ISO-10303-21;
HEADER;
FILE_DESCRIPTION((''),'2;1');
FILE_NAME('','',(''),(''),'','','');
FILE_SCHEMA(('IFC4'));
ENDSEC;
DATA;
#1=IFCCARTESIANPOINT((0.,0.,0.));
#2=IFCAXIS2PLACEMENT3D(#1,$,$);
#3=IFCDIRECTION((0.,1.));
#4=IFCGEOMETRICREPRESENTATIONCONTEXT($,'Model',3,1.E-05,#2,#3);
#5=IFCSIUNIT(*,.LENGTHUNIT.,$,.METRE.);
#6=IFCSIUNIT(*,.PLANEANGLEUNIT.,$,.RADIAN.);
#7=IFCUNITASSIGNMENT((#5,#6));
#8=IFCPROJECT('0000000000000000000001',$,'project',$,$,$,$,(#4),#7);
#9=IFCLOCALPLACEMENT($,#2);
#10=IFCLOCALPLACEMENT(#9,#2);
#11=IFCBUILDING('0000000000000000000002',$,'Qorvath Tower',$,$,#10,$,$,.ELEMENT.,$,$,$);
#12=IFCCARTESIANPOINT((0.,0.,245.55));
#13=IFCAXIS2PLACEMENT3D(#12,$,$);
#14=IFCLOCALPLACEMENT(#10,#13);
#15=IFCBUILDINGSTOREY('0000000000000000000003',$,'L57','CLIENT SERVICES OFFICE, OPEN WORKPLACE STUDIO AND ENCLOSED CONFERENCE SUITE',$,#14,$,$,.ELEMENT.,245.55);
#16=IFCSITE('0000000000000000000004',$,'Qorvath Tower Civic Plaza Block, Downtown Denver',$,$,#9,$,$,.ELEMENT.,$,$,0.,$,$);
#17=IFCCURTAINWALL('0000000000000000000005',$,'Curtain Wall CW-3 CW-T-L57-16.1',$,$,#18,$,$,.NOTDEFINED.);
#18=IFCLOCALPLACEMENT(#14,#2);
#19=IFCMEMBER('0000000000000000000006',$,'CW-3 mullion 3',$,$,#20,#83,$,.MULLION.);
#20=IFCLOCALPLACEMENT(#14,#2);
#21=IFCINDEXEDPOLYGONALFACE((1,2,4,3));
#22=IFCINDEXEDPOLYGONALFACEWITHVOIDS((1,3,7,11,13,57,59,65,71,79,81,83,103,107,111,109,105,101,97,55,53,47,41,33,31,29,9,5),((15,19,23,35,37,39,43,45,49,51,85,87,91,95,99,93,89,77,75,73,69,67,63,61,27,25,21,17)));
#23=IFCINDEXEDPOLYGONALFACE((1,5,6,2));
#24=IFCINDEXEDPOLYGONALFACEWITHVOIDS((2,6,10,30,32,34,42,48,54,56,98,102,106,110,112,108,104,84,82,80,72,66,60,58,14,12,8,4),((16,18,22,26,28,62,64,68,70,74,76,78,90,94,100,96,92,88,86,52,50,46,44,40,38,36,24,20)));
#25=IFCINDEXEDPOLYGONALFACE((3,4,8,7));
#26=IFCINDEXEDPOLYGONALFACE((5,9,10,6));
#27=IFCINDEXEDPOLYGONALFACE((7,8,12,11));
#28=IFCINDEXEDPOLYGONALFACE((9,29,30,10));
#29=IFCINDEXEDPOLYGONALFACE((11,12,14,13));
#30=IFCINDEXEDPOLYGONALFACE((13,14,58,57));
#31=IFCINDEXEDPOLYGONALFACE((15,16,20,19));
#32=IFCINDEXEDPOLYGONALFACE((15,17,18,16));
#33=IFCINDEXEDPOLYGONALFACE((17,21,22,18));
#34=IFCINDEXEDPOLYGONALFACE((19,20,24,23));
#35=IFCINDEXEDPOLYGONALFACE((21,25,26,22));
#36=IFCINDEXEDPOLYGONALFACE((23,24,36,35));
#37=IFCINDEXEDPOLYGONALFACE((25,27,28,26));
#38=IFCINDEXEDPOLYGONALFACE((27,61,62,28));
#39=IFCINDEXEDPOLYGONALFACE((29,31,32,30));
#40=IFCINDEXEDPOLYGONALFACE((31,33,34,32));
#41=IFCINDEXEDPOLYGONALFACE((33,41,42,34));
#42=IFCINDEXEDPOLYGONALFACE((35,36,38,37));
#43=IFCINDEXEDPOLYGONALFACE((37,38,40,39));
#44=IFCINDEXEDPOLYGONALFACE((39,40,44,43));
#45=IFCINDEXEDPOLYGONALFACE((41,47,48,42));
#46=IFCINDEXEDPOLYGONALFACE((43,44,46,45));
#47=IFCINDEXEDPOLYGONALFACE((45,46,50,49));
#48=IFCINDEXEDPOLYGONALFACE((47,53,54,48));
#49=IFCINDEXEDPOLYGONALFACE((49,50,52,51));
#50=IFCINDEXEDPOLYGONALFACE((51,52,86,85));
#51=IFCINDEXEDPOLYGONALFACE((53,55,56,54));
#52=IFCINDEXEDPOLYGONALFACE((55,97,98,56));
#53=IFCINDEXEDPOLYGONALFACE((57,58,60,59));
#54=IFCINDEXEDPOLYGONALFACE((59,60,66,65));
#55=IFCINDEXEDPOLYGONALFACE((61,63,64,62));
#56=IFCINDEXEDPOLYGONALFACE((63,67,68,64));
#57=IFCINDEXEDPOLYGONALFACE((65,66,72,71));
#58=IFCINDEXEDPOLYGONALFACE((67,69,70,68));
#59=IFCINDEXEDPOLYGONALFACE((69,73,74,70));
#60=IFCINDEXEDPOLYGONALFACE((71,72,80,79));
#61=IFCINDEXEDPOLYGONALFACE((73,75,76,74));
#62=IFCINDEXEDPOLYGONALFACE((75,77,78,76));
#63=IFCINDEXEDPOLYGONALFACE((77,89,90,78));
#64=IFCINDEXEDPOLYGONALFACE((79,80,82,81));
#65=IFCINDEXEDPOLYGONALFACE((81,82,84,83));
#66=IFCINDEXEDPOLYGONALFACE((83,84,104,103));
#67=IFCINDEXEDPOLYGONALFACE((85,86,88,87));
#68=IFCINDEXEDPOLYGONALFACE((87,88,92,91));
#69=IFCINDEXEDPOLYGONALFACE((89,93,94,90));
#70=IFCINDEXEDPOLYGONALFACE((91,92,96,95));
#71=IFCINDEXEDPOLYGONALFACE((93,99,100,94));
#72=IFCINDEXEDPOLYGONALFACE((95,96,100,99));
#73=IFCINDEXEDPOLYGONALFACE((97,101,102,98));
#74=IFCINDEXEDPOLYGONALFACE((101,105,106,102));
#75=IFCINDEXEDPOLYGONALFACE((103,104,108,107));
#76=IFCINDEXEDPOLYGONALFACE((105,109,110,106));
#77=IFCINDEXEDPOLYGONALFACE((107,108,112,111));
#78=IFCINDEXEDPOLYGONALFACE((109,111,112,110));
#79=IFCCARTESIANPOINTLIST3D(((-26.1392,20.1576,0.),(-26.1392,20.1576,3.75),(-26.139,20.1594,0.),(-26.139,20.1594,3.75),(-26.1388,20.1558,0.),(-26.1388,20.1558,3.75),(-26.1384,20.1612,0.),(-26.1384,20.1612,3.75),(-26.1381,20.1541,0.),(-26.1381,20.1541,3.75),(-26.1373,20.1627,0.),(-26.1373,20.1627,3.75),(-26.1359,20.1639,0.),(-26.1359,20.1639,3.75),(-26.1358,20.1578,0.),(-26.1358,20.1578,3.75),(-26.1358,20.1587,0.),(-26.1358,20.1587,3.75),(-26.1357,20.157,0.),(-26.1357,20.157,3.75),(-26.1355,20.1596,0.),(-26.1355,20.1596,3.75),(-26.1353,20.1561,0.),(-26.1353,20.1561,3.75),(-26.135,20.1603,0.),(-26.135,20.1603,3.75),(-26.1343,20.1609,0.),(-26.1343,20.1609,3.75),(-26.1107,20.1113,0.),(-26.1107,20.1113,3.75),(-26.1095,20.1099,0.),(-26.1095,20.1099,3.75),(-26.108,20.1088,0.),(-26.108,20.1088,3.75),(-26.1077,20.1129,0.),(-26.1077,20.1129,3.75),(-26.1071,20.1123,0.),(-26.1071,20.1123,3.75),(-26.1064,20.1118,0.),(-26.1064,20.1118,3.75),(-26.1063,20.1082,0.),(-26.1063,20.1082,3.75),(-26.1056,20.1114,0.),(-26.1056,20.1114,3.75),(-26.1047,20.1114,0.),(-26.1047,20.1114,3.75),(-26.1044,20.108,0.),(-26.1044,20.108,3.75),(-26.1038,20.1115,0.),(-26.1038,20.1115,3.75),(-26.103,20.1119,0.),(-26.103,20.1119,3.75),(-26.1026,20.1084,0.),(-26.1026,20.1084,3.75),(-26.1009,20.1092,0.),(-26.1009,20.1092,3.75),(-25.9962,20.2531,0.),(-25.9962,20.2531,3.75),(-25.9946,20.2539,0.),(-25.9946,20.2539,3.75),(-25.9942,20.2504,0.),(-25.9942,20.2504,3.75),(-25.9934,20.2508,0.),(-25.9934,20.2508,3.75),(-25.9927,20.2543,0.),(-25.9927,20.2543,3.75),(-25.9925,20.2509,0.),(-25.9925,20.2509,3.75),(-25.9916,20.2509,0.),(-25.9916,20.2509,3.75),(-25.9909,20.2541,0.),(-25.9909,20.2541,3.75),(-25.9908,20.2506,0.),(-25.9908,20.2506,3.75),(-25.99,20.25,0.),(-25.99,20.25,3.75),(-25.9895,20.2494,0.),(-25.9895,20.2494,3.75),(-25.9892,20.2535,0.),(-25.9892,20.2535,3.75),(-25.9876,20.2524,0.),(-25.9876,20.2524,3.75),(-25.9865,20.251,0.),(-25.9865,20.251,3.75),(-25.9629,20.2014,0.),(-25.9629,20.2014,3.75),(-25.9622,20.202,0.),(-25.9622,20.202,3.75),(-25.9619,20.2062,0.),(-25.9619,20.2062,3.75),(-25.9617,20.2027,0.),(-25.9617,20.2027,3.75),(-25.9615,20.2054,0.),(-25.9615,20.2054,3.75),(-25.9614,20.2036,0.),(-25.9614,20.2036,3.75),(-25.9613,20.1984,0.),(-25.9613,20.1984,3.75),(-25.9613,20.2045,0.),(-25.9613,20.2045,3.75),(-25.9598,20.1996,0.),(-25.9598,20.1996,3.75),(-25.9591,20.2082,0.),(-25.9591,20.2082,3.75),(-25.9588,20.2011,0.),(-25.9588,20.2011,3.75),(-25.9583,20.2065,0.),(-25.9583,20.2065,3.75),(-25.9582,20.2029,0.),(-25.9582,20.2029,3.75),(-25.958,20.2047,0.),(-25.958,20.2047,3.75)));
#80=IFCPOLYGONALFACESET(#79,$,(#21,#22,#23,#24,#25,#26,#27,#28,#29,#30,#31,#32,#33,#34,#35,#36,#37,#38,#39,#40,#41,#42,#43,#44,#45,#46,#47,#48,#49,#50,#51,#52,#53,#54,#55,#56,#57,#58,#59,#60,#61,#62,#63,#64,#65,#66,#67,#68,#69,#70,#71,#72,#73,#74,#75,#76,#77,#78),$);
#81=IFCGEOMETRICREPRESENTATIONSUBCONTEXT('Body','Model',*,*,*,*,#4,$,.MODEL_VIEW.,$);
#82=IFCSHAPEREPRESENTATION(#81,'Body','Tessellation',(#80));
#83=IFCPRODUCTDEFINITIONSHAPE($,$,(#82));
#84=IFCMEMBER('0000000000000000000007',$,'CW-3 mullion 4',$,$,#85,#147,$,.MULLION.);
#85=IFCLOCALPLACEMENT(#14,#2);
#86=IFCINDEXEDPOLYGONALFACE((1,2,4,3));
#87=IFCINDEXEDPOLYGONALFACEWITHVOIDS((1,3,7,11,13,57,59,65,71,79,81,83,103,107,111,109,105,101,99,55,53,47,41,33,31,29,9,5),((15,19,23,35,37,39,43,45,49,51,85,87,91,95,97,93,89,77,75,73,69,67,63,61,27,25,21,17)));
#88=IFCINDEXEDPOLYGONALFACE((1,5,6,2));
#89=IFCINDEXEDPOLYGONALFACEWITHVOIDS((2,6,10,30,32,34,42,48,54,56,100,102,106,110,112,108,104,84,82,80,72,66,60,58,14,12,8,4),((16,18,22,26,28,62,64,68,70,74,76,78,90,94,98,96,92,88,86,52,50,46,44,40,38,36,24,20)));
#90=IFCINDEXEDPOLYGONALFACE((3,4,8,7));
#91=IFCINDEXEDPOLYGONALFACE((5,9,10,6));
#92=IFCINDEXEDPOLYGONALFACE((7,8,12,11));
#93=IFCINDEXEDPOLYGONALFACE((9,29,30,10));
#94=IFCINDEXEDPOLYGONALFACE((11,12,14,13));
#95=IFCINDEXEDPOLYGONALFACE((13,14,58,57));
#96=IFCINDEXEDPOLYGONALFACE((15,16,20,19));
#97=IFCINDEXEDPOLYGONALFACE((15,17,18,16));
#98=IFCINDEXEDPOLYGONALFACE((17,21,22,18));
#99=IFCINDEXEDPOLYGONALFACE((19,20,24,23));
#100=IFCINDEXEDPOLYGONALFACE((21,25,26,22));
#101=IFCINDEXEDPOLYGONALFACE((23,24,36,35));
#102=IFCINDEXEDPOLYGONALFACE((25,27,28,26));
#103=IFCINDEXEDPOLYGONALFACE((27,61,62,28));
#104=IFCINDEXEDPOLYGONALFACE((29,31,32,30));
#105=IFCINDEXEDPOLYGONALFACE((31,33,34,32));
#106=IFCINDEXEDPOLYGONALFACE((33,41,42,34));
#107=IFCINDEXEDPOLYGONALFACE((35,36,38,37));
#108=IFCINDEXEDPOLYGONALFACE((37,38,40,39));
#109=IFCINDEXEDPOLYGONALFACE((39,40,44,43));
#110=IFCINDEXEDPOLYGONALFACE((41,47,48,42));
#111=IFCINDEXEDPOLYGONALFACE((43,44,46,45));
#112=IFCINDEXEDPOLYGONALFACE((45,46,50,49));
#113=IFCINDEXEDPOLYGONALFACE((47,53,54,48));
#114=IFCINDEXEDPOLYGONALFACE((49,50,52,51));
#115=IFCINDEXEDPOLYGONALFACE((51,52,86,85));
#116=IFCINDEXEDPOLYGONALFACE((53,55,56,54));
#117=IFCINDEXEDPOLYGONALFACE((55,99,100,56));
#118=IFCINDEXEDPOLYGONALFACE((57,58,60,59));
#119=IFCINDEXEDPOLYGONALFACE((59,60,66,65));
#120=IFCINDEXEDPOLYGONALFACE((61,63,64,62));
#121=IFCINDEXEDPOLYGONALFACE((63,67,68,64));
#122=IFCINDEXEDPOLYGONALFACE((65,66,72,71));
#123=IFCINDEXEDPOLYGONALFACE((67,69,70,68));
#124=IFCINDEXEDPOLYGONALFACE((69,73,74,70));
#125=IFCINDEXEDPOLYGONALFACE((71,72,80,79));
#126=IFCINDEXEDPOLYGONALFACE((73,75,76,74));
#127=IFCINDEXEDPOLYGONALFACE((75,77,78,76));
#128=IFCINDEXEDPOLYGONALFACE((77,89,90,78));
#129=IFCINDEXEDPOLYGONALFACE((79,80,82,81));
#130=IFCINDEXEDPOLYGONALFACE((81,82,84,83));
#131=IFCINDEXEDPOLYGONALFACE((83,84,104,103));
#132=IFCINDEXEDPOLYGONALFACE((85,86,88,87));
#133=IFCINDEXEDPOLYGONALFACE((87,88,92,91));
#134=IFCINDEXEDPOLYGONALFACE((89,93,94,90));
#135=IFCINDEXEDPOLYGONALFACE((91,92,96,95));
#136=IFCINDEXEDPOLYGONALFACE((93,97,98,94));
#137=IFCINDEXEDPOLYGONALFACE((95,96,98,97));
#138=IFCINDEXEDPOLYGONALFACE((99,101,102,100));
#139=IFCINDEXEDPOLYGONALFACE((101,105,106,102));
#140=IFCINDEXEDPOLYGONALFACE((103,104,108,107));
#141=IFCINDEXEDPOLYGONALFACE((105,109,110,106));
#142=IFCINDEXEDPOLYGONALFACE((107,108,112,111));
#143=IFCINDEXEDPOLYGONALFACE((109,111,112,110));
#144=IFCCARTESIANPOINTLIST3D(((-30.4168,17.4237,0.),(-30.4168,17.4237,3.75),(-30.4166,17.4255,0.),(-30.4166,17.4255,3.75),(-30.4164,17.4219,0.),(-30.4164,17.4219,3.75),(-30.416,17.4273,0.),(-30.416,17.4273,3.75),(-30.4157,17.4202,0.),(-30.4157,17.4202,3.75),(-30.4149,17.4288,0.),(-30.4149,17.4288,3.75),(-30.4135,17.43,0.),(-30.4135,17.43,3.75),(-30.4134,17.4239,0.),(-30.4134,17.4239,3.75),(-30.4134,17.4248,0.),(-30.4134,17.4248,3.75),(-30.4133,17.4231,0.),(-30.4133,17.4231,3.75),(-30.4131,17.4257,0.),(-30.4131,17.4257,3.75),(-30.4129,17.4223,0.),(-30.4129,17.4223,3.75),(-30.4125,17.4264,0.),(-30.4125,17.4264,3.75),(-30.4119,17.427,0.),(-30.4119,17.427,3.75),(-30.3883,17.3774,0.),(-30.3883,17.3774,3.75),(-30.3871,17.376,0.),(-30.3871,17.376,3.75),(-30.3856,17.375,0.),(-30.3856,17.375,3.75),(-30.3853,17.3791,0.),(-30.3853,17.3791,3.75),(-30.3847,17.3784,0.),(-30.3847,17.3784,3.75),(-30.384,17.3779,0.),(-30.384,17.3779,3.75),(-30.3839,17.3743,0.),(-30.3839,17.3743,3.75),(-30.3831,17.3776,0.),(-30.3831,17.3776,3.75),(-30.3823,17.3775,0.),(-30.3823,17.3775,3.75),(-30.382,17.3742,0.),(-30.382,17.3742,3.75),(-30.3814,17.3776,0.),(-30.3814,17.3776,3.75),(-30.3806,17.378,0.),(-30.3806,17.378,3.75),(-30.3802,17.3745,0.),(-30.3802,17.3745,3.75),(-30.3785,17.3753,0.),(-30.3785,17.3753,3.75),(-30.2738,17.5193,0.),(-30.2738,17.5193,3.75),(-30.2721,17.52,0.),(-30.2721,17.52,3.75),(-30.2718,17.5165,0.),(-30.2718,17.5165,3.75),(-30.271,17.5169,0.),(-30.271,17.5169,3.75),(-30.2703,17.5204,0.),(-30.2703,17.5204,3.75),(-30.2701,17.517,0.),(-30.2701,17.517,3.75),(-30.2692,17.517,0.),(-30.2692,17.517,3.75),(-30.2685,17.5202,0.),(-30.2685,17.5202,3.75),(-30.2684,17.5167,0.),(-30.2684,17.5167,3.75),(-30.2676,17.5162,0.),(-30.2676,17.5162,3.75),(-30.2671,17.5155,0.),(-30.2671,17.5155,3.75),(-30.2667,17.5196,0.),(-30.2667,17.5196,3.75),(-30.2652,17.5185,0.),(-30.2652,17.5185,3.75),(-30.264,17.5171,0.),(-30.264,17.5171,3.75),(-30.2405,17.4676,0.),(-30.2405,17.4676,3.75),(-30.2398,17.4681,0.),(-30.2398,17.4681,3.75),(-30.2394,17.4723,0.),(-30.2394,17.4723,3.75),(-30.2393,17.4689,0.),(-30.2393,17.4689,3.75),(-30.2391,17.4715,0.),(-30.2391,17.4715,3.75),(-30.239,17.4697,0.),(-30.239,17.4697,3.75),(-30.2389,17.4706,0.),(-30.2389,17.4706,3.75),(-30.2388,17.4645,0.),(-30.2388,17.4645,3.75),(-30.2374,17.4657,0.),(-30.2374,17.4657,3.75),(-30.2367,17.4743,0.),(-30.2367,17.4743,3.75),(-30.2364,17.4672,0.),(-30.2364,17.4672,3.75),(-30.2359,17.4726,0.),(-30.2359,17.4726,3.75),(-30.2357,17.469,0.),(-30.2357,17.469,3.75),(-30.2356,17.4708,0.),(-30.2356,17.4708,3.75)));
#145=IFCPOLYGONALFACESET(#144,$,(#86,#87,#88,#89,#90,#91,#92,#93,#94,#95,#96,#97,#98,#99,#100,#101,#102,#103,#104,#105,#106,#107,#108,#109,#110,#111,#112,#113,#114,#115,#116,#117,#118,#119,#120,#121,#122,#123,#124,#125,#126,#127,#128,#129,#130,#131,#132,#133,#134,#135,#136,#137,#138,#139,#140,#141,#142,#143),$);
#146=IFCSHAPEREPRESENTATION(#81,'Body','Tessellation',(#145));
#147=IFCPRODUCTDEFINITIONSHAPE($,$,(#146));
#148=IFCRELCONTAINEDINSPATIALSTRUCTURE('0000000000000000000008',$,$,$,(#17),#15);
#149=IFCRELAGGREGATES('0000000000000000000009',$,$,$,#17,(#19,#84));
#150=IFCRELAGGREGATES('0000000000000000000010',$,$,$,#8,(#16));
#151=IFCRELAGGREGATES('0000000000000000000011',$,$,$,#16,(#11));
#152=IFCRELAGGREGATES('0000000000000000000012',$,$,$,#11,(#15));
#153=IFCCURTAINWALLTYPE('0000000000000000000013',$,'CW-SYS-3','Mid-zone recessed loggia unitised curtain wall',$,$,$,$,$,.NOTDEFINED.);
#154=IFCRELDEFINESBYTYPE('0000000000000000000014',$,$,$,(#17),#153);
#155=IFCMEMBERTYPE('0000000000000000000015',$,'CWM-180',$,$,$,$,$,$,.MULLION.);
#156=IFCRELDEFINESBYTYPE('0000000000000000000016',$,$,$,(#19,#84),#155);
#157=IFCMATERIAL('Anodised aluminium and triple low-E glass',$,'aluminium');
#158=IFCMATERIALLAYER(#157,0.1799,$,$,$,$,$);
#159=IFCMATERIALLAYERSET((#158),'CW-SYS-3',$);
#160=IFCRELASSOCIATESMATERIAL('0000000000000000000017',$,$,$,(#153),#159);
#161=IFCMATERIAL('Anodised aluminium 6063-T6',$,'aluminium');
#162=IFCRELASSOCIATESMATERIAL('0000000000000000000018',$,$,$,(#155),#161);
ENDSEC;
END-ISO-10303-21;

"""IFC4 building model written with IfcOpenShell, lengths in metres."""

from ifc_helpers import new_model, si_unit, direction, frame, origin, origin_2d, place, context, subcontext, project, spatial, hollow_rectangle, extrude, material, layer, layer_set, material_profile, profile_set, type_object, element, aggregate, save


model = new_model("IFC4")

# Units and contexts
model_context = context("Model", 3, precision=1e-05, world=origin(), true_north=direction((0.0, 1.0)))
body_context = subcontext(model_context, "Body", "Model", "MODEL_VIEW")
ifc_project = project(units=[si_unit("LENGTHUNIT", "METRE"), si_unit("PLANEANGLEUNIT", "RADIAN")], contexts=[model_context])

# Site, building, storey
site_placement = place(None, origin())
site = spatial("IfcSite", under=ifc_project, at=site_placement, Name="Qorvath Tower Civic Plaza Block, Downtown Denver", CompositionType="ELEMENT", RefElevation=0.0)
building_placement = place(site_placement, origin())
building = spatial("IfcBuilding", under=site, at=building_placement, Name="Qorvath Tower", CompositionType="ELEMENT")
storey_placement = place(building_placement, frame((0.0, 0.0, 245.55)))
storey = spatial("IfcBuildingStorey", under=building, at=storey_placement, Name="L57", Description="CLIENT SERVICES OFFICE, OPEN WORKPLACE STUDIO AND ENCLOSED CONFERENCE SUITE", CompositionType="ELEMENT", Elevation=245.55)

# Curtain wall, members
ifc_material_1 = material(Name="Anodised aluminium and triple low-E glass", Category="aluminium")
ifc_layer_1 = layer(ifc_material_1, 0.1799)
ifc_layer_set_1 = layer_set([ifc_layer_1], Name="CW-SYS-3")
curtain_wall_type = type_object("IfcCurtainWallType", Name="CW-SYS-3", Description="Mid-zone recessed loggia unitised curtain wall", PredefinedType="NOTDEFINED", material=ifc_layer_set_1)
curtain_wall_1_placement = place(storey_placement, origin())
curtain_wall_1 = element("IfcCurtainWall", 1, at=curtain_wall_1_placement, inside=storey, type_object=curtain_wall_type, Name="Curtain Wall CW-3 CW-T-L57-16.1", PredefinedType="NOTDEFINED")
ifc_material_2 = material(Name="Anodised aluminium 6063-T6", Category="aluminium")
ifc_material_profile_1 = material_profile(ifc_material_2, hollow_rectangle(XDim=0.0649, YDim=0.1799, WallThickness=0.0034, InnerFilletRadius=0.0034, OuterFilletRadius=0.0071, at=origin_2d()), Name="CWM 180x65")
ifc_profile_set_1 = profile_set([ifc_material_profile_1], Name="Anodised aluminium 6063-T6")
member_type_1 = type_object("IfcMemberType", Name="CWM-180", PredefinedType="MULLION", material=ifc_profile_set_1)
member_1_placement = place(storey_placement, frame((-26.0486, 20.1812, 0.0), z_axis=(0.0, 0.0, 1.0), x_axis=(0.538527, -0.842608, 0.0)))
member_1 = element("IfcMember", 2, at=member_1_placement, type_object=member_type_1, Name="CW-3 mullion 3", PredefinedType="MULLION", context=body_context, shape_type="SweptSolid", body=[
    extrude(hollow_rectangle(XDim=0.0649, YDim=0.1799, WallThickness=0.0034, InnerFilletRadius=0.0034, OuterFilletRadius=0.0071, at=origin_2d()), origin(), (0.0, 0.0, 1.0), 3.75),
])
member_2_placement = place(storey_placement, frame((-30.3262, 17.4473, 0.0), z_axis=(0.0, 0.0, 1.0), x_axis=(0.538527, -0.842608, 0.0)))
member_2 = element("IfcMember", 3, at=member_2_placement, type_object=member_type_1, Name="CW-3 mullion 4", PredefinedType="MULLION", context=body_context, shape_type="SweptSolid", body=[
    extrude(hollow_rectangle(XDim=0.0649, YDim=0.1799, WallThickness=0.0034, InnerFilletRadius=0.0034, OuterFilletRadius=0.0071, at=origin_2d()), origin(), (0.0, 0.0, 1.0), 3.75),
])

aggregate(curtain_wall_1, [member_1, member_2])

save(model, "model.ifc")
